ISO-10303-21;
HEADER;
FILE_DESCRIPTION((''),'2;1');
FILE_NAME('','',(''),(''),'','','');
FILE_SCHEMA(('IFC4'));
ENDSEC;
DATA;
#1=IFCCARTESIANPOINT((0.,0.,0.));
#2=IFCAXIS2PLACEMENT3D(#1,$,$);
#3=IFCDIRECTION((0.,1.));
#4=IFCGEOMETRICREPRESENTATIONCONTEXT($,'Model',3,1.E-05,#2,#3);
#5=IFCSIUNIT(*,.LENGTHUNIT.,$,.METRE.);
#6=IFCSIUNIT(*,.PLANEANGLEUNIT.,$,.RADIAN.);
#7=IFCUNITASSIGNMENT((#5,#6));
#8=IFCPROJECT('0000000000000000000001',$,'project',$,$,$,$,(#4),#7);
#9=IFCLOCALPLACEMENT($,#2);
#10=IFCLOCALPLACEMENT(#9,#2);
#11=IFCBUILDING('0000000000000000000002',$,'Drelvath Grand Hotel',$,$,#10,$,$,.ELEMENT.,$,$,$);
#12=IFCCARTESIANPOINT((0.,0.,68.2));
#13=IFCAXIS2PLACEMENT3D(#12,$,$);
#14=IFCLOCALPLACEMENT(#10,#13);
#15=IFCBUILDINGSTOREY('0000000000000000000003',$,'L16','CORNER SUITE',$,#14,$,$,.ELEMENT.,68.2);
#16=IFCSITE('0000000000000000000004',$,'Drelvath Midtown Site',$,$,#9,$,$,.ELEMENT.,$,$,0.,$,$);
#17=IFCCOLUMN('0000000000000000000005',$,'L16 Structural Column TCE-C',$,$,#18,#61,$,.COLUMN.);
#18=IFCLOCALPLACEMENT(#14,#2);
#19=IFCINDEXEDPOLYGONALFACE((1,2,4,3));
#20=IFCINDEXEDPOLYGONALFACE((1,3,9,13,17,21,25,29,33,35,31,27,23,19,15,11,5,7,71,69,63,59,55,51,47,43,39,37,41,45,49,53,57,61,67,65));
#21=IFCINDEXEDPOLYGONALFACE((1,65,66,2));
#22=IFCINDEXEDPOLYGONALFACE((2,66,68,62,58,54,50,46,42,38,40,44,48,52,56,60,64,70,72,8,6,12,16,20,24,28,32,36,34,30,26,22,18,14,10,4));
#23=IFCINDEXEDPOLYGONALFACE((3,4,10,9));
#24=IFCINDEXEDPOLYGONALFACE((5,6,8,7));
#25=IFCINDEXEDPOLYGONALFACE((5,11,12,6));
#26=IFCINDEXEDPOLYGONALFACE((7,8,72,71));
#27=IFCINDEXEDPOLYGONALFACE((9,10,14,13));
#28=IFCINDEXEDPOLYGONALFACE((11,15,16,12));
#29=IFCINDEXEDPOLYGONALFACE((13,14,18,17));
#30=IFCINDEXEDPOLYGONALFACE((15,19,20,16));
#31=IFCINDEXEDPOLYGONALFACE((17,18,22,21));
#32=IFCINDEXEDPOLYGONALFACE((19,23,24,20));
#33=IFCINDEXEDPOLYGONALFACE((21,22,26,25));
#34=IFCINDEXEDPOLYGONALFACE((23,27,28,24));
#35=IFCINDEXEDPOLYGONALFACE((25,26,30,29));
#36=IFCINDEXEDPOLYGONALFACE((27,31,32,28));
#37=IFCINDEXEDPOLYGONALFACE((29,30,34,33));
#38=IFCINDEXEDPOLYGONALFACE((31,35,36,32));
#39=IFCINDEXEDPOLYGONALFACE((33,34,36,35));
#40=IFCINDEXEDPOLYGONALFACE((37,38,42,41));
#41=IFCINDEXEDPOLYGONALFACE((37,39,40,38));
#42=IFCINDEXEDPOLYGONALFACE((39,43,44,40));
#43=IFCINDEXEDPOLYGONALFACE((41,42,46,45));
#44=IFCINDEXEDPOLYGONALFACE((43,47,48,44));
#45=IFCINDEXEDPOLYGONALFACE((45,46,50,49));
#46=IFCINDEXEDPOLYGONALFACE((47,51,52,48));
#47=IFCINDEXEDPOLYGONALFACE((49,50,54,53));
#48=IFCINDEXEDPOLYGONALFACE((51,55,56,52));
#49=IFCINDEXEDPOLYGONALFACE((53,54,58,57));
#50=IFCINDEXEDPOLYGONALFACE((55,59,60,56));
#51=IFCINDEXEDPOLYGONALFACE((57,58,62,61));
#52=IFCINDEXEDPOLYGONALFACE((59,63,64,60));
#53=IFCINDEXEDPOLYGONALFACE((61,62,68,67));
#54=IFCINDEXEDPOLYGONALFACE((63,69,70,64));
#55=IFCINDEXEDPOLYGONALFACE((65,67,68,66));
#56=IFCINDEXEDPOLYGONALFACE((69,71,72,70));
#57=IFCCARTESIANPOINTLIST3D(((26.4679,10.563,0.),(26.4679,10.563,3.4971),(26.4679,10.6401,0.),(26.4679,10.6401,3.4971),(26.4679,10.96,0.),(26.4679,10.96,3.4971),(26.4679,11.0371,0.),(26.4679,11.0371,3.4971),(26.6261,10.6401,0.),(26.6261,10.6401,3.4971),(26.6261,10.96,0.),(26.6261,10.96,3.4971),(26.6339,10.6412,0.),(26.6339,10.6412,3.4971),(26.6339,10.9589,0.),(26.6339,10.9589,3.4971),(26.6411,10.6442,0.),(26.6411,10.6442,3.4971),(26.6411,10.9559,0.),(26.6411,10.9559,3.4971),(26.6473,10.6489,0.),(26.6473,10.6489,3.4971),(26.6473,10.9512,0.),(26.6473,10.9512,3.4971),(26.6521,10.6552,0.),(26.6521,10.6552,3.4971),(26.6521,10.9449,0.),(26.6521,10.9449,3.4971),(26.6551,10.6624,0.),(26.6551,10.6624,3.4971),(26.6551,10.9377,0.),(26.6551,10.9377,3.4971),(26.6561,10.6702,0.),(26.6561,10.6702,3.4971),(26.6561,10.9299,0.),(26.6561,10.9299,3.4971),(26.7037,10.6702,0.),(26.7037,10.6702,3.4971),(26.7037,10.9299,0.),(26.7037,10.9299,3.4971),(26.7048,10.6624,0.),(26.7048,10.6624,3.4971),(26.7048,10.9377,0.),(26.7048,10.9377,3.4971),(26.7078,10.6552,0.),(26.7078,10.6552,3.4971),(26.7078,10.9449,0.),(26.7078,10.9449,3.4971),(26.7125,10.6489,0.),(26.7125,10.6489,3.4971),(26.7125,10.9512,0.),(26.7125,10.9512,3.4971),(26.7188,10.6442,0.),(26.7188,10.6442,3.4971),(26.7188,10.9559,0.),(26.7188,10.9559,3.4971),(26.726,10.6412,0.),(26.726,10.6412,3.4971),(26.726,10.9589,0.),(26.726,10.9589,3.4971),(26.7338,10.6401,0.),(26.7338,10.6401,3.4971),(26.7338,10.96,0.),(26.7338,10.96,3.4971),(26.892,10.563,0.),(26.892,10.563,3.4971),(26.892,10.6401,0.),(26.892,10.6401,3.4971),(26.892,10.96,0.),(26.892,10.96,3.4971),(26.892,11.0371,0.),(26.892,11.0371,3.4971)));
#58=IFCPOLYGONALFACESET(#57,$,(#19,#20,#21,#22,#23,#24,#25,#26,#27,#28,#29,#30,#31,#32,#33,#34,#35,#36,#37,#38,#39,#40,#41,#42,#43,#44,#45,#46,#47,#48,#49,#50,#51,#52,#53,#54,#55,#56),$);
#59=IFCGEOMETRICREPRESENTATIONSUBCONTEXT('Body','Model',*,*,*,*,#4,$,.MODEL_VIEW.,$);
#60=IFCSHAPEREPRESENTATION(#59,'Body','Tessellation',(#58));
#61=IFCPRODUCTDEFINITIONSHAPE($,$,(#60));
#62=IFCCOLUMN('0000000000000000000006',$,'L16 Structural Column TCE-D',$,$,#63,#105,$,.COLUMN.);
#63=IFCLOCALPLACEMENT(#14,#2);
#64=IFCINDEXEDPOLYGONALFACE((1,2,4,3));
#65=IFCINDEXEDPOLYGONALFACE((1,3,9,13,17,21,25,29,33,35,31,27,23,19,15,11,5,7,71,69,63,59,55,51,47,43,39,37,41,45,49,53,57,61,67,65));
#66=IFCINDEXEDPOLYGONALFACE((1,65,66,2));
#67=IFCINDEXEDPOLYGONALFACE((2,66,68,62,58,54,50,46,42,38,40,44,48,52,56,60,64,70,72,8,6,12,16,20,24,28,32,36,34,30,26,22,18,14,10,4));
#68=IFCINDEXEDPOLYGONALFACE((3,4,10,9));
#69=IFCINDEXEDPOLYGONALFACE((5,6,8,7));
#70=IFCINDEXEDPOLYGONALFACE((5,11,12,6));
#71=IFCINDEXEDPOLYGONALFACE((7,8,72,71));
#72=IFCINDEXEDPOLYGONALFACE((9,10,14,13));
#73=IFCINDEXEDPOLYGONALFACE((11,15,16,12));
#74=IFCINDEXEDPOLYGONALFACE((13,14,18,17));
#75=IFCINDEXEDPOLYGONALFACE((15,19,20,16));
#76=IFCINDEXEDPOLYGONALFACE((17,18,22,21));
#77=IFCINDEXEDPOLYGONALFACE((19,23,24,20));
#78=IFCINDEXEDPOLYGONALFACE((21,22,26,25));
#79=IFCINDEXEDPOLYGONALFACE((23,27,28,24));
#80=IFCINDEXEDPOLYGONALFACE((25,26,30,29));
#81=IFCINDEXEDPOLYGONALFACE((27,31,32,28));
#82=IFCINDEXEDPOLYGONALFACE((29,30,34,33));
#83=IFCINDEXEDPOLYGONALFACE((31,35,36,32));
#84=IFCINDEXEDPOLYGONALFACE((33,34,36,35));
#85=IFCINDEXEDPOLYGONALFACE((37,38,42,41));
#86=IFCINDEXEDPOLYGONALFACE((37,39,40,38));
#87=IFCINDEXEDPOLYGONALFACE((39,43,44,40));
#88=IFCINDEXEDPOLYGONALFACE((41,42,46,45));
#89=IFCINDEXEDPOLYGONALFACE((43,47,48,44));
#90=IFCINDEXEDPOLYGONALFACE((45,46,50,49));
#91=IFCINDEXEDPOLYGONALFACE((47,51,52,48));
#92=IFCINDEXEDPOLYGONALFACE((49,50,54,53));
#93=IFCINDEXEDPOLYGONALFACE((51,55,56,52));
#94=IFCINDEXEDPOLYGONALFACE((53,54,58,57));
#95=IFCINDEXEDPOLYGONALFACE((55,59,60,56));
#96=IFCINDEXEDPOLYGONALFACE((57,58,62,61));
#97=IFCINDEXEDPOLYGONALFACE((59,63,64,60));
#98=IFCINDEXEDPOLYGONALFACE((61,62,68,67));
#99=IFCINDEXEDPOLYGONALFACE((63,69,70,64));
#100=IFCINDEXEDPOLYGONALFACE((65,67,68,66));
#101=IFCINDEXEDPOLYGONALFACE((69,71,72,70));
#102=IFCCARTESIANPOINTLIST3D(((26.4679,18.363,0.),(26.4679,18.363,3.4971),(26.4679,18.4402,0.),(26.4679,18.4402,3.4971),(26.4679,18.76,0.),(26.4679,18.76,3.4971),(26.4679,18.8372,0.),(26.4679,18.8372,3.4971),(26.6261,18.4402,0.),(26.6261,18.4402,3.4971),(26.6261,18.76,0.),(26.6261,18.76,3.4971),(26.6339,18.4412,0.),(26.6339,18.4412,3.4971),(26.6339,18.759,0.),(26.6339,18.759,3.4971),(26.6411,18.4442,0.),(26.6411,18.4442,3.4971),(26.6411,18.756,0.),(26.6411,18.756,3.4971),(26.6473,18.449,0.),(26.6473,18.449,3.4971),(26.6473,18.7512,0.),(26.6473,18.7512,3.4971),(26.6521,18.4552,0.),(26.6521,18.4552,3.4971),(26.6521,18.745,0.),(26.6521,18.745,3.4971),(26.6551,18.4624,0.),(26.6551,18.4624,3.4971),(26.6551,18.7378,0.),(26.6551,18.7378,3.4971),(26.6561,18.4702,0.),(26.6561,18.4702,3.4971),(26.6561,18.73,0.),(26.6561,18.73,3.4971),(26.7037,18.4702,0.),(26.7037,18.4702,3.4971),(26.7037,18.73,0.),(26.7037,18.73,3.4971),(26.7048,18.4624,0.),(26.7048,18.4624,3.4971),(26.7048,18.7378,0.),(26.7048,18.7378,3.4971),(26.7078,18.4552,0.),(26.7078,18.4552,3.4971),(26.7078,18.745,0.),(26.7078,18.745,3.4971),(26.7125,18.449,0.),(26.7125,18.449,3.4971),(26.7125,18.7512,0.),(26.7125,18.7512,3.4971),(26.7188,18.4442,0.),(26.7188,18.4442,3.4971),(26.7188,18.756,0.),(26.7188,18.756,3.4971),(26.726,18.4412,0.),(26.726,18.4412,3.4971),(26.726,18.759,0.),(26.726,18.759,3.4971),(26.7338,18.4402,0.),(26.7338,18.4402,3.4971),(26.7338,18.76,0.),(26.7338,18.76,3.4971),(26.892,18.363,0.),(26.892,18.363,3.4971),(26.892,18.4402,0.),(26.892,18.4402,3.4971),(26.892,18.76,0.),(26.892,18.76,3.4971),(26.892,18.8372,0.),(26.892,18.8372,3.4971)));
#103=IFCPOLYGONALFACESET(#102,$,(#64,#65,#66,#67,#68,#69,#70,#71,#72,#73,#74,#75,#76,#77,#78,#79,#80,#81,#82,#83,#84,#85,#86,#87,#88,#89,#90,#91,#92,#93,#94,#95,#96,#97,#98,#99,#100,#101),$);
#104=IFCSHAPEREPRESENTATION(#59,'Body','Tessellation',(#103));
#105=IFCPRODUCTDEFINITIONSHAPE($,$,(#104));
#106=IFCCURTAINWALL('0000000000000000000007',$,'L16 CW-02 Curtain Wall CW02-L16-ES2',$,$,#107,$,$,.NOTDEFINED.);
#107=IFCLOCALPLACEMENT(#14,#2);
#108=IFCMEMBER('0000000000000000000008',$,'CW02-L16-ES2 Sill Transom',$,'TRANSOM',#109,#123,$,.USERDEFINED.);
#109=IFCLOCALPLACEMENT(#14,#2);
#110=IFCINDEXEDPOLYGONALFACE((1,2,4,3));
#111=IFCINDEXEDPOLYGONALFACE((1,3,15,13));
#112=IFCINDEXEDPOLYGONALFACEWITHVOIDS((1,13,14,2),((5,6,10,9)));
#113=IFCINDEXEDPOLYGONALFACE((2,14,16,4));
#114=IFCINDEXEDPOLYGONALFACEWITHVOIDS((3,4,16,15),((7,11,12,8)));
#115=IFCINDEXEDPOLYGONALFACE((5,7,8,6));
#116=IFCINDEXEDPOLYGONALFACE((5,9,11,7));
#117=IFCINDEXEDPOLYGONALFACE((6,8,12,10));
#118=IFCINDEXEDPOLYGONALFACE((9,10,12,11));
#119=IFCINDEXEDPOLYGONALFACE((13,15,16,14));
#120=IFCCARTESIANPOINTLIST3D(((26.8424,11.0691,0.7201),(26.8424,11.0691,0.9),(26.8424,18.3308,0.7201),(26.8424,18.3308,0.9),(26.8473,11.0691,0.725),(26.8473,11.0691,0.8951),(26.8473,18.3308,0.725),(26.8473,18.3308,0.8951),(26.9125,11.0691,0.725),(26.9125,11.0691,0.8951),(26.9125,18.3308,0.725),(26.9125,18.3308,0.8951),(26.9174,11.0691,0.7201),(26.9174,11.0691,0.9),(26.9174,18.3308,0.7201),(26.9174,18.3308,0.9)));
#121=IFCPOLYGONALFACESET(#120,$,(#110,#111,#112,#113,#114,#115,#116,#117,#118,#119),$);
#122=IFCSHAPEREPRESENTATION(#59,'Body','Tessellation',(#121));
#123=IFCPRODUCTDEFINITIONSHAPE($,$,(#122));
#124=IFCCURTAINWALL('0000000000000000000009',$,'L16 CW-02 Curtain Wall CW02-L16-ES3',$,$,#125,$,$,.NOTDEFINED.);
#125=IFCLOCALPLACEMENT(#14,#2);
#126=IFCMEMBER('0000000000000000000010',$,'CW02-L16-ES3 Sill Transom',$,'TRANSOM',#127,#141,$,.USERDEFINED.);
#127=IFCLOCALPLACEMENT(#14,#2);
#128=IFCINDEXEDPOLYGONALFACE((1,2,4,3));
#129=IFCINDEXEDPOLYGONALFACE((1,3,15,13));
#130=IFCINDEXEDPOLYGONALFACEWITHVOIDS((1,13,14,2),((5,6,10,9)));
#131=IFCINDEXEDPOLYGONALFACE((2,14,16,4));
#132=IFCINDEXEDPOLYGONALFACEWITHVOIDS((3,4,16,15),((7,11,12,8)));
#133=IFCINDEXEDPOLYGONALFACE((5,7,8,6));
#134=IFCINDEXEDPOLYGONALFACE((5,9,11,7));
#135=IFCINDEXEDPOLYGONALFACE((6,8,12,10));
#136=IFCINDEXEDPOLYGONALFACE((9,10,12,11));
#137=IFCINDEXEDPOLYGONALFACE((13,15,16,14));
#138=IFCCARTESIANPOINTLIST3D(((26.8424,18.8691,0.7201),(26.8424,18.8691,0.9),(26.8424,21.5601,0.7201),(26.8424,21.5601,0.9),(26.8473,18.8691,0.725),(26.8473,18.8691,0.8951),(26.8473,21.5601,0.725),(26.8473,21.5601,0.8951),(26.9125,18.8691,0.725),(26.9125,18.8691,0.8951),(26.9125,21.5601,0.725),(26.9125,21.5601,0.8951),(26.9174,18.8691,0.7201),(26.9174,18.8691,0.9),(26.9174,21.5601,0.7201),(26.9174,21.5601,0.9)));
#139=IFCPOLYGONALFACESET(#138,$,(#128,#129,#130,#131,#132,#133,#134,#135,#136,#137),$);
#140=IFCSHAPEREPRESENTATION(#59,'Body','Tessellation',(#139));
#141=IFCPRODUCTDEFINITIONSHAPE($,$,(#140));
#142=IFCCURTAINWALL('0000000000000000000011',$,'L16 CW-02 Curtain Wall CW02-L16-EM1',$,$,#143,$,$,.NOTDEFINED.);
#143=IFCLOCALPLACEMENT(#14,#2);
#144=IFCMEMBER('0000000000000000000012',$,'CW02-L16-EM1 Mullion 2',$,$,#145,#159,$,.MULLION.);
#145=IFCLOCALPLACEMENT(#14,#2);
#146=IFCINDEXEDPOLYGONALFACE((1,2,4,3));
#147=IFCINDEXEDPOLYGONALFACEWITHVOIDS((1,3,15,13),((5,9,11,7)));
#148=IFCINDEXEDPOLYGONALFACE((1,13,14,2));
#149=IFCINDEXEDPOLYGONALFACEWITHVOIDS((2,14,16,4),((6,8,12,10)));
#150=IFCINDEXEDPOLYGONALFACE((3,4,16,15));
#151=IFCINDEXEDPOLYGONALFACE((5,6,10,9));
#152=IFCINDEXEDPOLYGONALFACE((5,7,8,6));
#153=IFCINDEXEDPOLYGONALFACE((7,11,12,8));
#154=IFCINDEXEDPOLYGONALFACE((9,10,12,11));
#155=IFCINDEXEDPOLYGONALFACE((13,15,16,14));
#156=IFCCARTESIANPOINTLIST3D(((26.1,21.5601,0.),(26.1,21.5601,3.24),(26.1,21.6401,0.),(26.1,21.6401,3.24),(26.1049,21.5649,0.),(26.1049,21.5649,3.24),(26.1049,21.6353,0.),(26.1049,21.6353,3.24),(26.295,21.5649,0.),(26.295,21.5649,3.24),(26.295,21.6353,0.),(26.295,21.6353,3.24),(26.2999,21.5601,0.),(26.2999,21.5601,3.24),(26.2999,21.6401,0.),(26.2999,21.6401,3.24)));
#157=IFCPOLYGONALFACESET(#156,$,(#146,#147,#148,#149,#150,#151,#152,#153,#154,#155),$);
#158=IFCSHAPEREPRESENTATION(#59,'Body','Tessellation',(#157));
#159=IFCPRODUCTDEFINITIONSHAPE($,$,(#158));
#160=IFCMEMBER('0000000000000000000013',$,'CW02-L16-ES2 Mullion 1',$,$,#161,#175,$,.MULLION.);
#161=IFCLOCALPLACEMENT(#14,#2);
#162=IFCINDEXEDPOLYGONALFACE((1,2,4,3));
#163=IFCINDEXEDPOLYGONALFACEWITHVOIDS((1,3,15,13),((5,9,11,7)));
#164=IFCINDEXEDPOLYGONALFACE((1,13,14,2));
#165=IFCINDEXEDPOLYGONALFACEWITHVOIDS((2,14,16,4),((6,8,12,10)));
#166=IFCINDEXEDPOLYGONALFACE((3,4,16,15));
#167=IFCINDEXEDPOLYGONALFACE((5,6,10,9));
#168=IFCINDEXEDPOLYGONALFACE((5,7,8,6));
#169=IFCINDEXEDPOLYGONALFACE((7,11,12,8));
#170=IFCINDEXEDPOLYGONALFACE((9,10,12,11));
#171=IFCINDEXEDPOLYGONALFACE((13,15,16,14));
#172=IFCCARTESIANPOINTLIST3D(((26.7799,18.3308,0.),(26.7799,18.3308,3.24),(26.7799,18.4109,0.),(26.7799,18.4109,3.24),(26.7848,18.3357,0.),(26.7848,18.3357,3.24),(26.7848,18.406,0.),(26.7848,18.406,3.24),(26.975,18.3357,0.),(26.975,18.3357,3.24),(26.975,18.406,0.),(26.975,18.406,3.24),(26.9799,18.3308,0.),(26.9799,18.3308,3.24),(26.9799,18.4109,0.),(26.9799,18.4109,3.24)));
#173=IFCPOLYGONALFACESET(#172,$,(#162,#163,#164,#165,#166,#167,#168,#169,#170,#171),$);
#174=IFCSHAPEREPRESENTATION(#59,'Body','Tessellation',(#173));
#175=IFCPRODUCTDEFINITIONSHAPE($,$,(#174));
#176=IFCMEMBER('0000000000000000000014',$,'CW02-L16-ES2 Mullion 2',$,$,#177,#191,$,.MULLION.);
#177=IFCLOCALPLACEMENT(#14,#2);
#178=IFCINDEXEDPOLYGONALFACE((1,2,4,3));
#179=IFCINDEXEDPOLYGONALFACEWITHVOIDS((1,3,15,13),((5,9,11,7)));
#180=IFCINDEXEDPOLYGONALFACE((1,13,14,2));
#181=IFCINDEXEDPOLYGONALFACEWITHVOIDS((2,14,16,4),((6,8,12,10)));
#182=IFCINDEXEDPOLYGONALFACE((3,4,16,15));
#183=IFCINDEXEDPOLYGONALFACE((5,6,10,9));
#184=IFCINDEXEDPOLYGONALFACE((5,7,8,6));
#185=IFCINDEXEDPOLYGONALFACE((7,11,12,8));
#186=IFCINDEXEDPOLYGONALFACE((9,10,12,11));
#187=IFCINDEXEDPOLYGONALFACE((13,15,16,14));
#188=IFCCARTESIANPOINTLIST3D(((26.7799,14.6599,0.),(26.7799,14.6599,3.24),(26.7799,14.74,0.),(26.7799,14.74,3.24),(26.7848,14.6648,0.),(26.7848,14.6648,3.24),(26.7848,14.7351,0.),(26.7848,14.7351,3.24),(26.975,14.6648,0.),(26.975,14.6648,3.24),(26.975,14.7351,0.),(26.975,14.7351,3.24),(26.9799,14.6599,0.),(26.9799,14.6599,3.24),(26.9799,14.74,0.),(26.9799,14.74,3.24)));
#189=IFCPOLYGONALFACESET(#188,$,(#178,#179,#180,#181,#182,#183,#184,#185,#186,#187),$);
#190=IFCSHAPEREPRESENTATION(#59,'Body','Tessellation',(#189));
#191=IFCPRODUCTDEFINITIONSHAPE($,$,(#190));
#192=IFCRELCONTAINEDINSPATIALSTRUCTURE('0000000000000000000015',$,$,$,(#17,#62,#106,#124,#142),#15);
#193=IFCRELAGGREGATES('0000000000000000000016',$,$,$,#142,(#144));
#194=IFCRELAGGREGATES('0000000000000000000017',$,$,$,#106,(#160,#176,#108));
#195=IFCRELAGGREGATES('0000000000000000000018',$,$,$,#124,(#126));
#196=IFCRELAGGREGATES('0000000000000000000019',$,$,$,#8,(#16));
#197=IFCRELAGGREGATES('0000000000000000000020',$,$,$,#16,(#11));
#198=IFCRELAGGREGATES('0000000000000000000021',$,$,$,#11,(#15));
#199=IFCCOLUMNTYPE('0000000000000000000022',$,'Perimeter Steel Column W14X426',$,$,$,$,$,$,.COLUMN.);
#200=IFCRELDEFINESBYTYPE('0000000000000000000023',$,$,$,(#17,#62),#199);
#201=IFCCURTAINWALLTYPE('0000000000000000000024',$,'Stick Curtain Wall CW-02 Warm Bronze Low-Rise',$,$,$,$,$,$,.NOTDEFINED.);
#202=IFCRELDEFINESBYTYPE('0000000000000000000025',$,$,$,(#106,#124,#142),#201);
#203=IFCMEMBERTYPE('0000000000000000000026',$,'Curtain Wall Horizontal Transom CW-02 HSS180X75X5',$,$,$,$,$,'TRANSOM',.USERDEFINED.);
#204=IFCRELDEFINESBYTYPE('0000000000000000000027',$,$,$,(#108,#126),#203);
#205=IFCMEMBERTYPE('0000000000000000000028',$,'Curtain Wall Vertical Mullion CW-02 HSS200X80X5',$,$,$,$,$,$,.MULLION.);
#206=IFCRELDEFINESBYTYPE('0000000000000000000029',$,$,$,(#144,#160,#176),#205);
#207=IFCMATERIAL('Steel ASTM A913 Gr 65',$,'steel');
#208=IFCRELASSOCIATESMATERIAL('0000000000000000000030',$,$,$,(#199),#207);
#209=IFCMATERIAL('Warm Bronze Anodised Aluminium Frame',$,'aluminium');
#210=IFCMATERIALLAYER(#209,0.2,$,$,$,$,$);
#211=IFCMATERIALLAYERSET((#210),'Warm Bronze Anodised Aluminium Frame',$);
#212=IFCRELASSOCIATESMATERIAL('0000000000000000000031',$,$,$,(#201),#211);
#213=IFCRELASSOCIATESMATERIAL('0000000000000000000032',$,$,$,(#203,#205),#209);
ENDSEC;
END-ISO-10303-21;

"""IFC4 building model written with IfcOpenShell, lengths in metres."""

from ifc_helpers import new_model, si_unit, direction, frame, origin, origin_2d, place, context, subcontext, project, spatial, hollow_rectangle, i_section, extrude, material, layer, layer_set, material_profile, profile_set, type_object, element, aggregate, save


model = new_model("IFC4")

# Units and contexts
model_context = context("Model", 3, precision=1e-05, world=origin(), true_north=direction((0.0, 1.0)))
body_context = subcontext(model_context, "Body", "Model", "MODEL_VIEW")
ifc_project = project(units=[si_unit("LENGTHUNIT", "METRE"), si_unit("PLANEANGLEUNIT", "RADIAN")], contexts=[model_context])

# Site, building, storey
site_placement = place(None, origin())
site = spatial("IfcSite", under=ifc_project, at=site_placement, Name="Drelvath Midtown Site", CompositionType="ELEMENT", RefElevation=0.0)
building_placement = place(site_placement, origin())
building = spatial("IfcBuilding", under=site, at=building_placement, Name="Drelvath Grand Hotel", CompositionType="ELEMENT")
storey_placement = place(building_placement, frame((0.0, 0.0, 68.2)))
storey = spatial("IfcBuildingStorey", under=building, at=storey_placement, Name="L16", Description="CORNER SUITE", CompositionType="ELEMENT", Elevation=68.2)

# Columns
ifc_material_1 = material(Name="Steel ASTM A913 Gr 65", Category="steel")
ifc_material_profile_1 = material_profile(ifc_material_1, i_section(OverallWidth=0.4241, OverallDepth=0.4741, WebThickness=0.0476, FlangeThickness=0.0771, FilletRadius=0.03, at=origin_2d()), Name="W14X426")
ifc_profile_set_1 = profile_set([ifc_material_profile_1], Name="Steel ASTM A913 Gr 65")
column_type = type_object("IfcColumnType", Name="Perimeter Steel Column W14X426", PredefinedType="COLUMN", material=ifc_profile_set_1)
for number, where, z_axis, x_axis, name in (
    (1, (26.6799, 10.8, 0.0), (0.0, 0.0, 1.0), (1.0, 0.0, 0.0), "L16 Structural Column TCE-C"),
    (2, (26.6799, 18.6001, 0.0), (0.0, 0.0, 1.0), (1.0, 0.0, 0.0), "L16 Structural Column TCE-D"),
):
    element("IfcColumn", number, at=place(storey_placement, frame(where, z_axis=z_axis, x_axis=x_axis)), inside=storey, type_object=column_type, Name=name, PredefinedType="COLUMN", context=body_context, shape_type="SweptSolid", body=[
        extrude(i_section(OverallWidth=0.4241, OverallDepth=0.4741, WebThickness=0.0476, FlangeThickness=0.0771, FilletRadius=0.03, at=origin_2d()), origin(), (0.0, 0.0, 1.0), 3.4971),
    ])

# Curtain walls, members
ifc_material_2 = material(Name="Warm Bronze Anodised Aluminium Frame", Category="aluminium")
ifc_layer_1 = layer(ifc_material_2, 0.2)
ifc_layer_set_1 = layer_set([ifc_layer_1], Name="Warm Bronze Anodised Aluminium Frame")
curtain_wall_type = type_object("IfcCurtainWallType", Name="Stick Curtain Wall CW-02 Warm Bronze Low-Rise", PredefinedType="NOTDEFINED", material=ifc_layer_set_1)
curtain_wall_1_placement = place(storey_placement, origin())
curtain_wall_1 = element("IfcCurtainWall", 3, at=curtain_wall_1_placement, inside=storey, type_object=curtain_wall_type, Name="L16 CW-02 Curtain Wall CW02-L16-ES2", PredefinedType="NOTDEFINED")
ifc_material_profile_2 = material_profile(ifc_material_2, hollow_rectangle(XDim=0.075, YDim=0.1799, WallThickness=0.0049, at=origin_2d()), Name="HSS180X75X5")
ifc_profile_set_2 = profile_set([ifc_material_profile_2], Name="Warm Bronze Anodised Aluminium Frame")
member_type_1 = type_object("IfcMemberType", Name="Curtain Wall Horizontal Transom CW-02 HSS180X75X5", ElementType="TRANSOM", PredefinedType="USERDEFINED", material=ifc_profile_set_2)
member_1_placement = place(storey_placement, frame((26.8799, 18.3308, 0.8101), z_axis=(0.0, -1.0, 0.0), x_axis=(1.0, 0.0, 0.0)))
member_1 = element("IfcMember", 4, at=member_1_placement, type_object=member_type_1, Name="CW02-L16-ES2 Sill Transom", ObjectType="TRANSOM", PredefinedType="USERDEFINED", context=body_context, shape_type="SweptSolid", body=[
    extrude(hollow_rectangle(XDim=0.075, YDim=0.1799, WallThickness=0.0049, at=origin_2d()), origin(), (0.0, 0.0, 1.0), 7.2617),
])
curtain_wall_2_placement = place(storey_placement, origin())
curtain_wall_2 = element("IfcCurtainWall", 5, at=curtain_wall_2_placement, inside=storey, type_object=curtain_wall_type, Name="L16 CW-02 Curtain Wall CW02-L16-ES3", PredefinedType="NOTDEFINED")
member_2_placement = place(storey_placement, frame((26.8799, 21.5601, 0.8101), z_axis=(0.0, -1.0, 0.0), x_axis=(1.0, 0.0, 0.0)))
member_2 = element("IfcMember", 6, at=member_2_placement, type_object=member_type_1, Name="CW02-L16-ES3 Sill Transom", ObjectType="TRANSOM", PredefinedType="USERDEFINED", context=body_context, shape_type="SweptSolid", body=[
    extrude(hollow_rectangle(XDim=0.075, YDim=0.1799, WallThickness=0.0049, at=origin_2d()), origin(), (0.0, 0.0, 1.0), 2.6909),
])
curtain_wall_3_placement = place(storey_placement, origin())
curtain_wall_3 = element("IfcCurtainWall", 7, at=curtain_wall_3_placement, inside=storey, type_object=curtain_wall_type, Name="L16 CW-02 Curtain Wall CW02-L16-EM1", PredefinedType="NOTDEFINED")
ifc_material_profile_3 = material_profile(ifc_material_2, hollow_rectangle(XDim=0.0801, YDim=0.2, WallThickness=0.0049, at=origin_2d()), Name="HSS200X80X5")
ifc_profile_set_3 = profile_set([ifc_material_profile_3], Name="Warm Bronze Anodised Aluminium Frame")
member_type_2 = type_object("IfcMemberType", Name="Curtain Wall Vertical Mullion CW-02 HSS200X80X5", PredefinedType="MULLION", material=ifc_profile_set_3)
member_3_placement = place(storey_placement, frame((26.2, 21.6001, 0.0), z_axis=(0.0, 0.0, 1.0), x_axis=(0.0, 1.0, 0.0)))
member_3 = element("IfcMember", 8, at=member_3_placement, type_object=member_type_2, Name="CW02-L16-EM1 Mullion 2", PredefinedType="MULLION", context=body_context, shape_type="SweptSolid", body=[
    extrude(hollow_rectangle(XDim=0.0801, YDim=0.2, WallThickness=0.0049, at=origin_2d()), origin(), (0.0, 0.0, 1.0), 3.24),
])

# Members
member_4_placement = place(storey_placement, frame((26.8799, 18.3708, 0.0), z_axis=(0.0, 0.0, 1.0), x_axis=(0.0, 1.0, 0.0)))
member_4 = element("IfcMember", 9, at=member_4_placement, type_object=member_type_2, Name="CW02-L16-ES2 Mullion 1", PredefinedType="MULLION", context=body_context, shape_type="SweptSolid", body=[
    extrude(hollow_rectangle(XDim=0.0801, YDim=0.2, WallThickness=0.0049, at=origin_2d()), origin(), (0.0, 0.0, 1.0), 3.24),
])
member_5_placement = place(storey_placement, frame((26.8799, 14.7, 0.0), z_axis=(0.0, 0.0, 1.0), x_axis=(0.0, 1.0, 0.0)))
member_5 = element("IfcMember", 10, at=member_5_placement, type_object=member_type_2, Name="CW02-L16-ES2 Mullion 2", PredefinedType="MULLION", context=body_context, shape_type="SweptSolid", body=[
    extrude(hollow_rectangle(XDim=0.0801, YDim=0.2, WallThickness=0.0049, at=origin_2d()), origin(), (0.0, 0.0, 1.0), 3.24),
])

aggregate(curtain_wall_3, [member_3])
aggregate(curtain_wall_1, [member_4, member_5, member_1])
aggregate(curtain_wall_2, [member_2])

save(model, "model.ifc")
